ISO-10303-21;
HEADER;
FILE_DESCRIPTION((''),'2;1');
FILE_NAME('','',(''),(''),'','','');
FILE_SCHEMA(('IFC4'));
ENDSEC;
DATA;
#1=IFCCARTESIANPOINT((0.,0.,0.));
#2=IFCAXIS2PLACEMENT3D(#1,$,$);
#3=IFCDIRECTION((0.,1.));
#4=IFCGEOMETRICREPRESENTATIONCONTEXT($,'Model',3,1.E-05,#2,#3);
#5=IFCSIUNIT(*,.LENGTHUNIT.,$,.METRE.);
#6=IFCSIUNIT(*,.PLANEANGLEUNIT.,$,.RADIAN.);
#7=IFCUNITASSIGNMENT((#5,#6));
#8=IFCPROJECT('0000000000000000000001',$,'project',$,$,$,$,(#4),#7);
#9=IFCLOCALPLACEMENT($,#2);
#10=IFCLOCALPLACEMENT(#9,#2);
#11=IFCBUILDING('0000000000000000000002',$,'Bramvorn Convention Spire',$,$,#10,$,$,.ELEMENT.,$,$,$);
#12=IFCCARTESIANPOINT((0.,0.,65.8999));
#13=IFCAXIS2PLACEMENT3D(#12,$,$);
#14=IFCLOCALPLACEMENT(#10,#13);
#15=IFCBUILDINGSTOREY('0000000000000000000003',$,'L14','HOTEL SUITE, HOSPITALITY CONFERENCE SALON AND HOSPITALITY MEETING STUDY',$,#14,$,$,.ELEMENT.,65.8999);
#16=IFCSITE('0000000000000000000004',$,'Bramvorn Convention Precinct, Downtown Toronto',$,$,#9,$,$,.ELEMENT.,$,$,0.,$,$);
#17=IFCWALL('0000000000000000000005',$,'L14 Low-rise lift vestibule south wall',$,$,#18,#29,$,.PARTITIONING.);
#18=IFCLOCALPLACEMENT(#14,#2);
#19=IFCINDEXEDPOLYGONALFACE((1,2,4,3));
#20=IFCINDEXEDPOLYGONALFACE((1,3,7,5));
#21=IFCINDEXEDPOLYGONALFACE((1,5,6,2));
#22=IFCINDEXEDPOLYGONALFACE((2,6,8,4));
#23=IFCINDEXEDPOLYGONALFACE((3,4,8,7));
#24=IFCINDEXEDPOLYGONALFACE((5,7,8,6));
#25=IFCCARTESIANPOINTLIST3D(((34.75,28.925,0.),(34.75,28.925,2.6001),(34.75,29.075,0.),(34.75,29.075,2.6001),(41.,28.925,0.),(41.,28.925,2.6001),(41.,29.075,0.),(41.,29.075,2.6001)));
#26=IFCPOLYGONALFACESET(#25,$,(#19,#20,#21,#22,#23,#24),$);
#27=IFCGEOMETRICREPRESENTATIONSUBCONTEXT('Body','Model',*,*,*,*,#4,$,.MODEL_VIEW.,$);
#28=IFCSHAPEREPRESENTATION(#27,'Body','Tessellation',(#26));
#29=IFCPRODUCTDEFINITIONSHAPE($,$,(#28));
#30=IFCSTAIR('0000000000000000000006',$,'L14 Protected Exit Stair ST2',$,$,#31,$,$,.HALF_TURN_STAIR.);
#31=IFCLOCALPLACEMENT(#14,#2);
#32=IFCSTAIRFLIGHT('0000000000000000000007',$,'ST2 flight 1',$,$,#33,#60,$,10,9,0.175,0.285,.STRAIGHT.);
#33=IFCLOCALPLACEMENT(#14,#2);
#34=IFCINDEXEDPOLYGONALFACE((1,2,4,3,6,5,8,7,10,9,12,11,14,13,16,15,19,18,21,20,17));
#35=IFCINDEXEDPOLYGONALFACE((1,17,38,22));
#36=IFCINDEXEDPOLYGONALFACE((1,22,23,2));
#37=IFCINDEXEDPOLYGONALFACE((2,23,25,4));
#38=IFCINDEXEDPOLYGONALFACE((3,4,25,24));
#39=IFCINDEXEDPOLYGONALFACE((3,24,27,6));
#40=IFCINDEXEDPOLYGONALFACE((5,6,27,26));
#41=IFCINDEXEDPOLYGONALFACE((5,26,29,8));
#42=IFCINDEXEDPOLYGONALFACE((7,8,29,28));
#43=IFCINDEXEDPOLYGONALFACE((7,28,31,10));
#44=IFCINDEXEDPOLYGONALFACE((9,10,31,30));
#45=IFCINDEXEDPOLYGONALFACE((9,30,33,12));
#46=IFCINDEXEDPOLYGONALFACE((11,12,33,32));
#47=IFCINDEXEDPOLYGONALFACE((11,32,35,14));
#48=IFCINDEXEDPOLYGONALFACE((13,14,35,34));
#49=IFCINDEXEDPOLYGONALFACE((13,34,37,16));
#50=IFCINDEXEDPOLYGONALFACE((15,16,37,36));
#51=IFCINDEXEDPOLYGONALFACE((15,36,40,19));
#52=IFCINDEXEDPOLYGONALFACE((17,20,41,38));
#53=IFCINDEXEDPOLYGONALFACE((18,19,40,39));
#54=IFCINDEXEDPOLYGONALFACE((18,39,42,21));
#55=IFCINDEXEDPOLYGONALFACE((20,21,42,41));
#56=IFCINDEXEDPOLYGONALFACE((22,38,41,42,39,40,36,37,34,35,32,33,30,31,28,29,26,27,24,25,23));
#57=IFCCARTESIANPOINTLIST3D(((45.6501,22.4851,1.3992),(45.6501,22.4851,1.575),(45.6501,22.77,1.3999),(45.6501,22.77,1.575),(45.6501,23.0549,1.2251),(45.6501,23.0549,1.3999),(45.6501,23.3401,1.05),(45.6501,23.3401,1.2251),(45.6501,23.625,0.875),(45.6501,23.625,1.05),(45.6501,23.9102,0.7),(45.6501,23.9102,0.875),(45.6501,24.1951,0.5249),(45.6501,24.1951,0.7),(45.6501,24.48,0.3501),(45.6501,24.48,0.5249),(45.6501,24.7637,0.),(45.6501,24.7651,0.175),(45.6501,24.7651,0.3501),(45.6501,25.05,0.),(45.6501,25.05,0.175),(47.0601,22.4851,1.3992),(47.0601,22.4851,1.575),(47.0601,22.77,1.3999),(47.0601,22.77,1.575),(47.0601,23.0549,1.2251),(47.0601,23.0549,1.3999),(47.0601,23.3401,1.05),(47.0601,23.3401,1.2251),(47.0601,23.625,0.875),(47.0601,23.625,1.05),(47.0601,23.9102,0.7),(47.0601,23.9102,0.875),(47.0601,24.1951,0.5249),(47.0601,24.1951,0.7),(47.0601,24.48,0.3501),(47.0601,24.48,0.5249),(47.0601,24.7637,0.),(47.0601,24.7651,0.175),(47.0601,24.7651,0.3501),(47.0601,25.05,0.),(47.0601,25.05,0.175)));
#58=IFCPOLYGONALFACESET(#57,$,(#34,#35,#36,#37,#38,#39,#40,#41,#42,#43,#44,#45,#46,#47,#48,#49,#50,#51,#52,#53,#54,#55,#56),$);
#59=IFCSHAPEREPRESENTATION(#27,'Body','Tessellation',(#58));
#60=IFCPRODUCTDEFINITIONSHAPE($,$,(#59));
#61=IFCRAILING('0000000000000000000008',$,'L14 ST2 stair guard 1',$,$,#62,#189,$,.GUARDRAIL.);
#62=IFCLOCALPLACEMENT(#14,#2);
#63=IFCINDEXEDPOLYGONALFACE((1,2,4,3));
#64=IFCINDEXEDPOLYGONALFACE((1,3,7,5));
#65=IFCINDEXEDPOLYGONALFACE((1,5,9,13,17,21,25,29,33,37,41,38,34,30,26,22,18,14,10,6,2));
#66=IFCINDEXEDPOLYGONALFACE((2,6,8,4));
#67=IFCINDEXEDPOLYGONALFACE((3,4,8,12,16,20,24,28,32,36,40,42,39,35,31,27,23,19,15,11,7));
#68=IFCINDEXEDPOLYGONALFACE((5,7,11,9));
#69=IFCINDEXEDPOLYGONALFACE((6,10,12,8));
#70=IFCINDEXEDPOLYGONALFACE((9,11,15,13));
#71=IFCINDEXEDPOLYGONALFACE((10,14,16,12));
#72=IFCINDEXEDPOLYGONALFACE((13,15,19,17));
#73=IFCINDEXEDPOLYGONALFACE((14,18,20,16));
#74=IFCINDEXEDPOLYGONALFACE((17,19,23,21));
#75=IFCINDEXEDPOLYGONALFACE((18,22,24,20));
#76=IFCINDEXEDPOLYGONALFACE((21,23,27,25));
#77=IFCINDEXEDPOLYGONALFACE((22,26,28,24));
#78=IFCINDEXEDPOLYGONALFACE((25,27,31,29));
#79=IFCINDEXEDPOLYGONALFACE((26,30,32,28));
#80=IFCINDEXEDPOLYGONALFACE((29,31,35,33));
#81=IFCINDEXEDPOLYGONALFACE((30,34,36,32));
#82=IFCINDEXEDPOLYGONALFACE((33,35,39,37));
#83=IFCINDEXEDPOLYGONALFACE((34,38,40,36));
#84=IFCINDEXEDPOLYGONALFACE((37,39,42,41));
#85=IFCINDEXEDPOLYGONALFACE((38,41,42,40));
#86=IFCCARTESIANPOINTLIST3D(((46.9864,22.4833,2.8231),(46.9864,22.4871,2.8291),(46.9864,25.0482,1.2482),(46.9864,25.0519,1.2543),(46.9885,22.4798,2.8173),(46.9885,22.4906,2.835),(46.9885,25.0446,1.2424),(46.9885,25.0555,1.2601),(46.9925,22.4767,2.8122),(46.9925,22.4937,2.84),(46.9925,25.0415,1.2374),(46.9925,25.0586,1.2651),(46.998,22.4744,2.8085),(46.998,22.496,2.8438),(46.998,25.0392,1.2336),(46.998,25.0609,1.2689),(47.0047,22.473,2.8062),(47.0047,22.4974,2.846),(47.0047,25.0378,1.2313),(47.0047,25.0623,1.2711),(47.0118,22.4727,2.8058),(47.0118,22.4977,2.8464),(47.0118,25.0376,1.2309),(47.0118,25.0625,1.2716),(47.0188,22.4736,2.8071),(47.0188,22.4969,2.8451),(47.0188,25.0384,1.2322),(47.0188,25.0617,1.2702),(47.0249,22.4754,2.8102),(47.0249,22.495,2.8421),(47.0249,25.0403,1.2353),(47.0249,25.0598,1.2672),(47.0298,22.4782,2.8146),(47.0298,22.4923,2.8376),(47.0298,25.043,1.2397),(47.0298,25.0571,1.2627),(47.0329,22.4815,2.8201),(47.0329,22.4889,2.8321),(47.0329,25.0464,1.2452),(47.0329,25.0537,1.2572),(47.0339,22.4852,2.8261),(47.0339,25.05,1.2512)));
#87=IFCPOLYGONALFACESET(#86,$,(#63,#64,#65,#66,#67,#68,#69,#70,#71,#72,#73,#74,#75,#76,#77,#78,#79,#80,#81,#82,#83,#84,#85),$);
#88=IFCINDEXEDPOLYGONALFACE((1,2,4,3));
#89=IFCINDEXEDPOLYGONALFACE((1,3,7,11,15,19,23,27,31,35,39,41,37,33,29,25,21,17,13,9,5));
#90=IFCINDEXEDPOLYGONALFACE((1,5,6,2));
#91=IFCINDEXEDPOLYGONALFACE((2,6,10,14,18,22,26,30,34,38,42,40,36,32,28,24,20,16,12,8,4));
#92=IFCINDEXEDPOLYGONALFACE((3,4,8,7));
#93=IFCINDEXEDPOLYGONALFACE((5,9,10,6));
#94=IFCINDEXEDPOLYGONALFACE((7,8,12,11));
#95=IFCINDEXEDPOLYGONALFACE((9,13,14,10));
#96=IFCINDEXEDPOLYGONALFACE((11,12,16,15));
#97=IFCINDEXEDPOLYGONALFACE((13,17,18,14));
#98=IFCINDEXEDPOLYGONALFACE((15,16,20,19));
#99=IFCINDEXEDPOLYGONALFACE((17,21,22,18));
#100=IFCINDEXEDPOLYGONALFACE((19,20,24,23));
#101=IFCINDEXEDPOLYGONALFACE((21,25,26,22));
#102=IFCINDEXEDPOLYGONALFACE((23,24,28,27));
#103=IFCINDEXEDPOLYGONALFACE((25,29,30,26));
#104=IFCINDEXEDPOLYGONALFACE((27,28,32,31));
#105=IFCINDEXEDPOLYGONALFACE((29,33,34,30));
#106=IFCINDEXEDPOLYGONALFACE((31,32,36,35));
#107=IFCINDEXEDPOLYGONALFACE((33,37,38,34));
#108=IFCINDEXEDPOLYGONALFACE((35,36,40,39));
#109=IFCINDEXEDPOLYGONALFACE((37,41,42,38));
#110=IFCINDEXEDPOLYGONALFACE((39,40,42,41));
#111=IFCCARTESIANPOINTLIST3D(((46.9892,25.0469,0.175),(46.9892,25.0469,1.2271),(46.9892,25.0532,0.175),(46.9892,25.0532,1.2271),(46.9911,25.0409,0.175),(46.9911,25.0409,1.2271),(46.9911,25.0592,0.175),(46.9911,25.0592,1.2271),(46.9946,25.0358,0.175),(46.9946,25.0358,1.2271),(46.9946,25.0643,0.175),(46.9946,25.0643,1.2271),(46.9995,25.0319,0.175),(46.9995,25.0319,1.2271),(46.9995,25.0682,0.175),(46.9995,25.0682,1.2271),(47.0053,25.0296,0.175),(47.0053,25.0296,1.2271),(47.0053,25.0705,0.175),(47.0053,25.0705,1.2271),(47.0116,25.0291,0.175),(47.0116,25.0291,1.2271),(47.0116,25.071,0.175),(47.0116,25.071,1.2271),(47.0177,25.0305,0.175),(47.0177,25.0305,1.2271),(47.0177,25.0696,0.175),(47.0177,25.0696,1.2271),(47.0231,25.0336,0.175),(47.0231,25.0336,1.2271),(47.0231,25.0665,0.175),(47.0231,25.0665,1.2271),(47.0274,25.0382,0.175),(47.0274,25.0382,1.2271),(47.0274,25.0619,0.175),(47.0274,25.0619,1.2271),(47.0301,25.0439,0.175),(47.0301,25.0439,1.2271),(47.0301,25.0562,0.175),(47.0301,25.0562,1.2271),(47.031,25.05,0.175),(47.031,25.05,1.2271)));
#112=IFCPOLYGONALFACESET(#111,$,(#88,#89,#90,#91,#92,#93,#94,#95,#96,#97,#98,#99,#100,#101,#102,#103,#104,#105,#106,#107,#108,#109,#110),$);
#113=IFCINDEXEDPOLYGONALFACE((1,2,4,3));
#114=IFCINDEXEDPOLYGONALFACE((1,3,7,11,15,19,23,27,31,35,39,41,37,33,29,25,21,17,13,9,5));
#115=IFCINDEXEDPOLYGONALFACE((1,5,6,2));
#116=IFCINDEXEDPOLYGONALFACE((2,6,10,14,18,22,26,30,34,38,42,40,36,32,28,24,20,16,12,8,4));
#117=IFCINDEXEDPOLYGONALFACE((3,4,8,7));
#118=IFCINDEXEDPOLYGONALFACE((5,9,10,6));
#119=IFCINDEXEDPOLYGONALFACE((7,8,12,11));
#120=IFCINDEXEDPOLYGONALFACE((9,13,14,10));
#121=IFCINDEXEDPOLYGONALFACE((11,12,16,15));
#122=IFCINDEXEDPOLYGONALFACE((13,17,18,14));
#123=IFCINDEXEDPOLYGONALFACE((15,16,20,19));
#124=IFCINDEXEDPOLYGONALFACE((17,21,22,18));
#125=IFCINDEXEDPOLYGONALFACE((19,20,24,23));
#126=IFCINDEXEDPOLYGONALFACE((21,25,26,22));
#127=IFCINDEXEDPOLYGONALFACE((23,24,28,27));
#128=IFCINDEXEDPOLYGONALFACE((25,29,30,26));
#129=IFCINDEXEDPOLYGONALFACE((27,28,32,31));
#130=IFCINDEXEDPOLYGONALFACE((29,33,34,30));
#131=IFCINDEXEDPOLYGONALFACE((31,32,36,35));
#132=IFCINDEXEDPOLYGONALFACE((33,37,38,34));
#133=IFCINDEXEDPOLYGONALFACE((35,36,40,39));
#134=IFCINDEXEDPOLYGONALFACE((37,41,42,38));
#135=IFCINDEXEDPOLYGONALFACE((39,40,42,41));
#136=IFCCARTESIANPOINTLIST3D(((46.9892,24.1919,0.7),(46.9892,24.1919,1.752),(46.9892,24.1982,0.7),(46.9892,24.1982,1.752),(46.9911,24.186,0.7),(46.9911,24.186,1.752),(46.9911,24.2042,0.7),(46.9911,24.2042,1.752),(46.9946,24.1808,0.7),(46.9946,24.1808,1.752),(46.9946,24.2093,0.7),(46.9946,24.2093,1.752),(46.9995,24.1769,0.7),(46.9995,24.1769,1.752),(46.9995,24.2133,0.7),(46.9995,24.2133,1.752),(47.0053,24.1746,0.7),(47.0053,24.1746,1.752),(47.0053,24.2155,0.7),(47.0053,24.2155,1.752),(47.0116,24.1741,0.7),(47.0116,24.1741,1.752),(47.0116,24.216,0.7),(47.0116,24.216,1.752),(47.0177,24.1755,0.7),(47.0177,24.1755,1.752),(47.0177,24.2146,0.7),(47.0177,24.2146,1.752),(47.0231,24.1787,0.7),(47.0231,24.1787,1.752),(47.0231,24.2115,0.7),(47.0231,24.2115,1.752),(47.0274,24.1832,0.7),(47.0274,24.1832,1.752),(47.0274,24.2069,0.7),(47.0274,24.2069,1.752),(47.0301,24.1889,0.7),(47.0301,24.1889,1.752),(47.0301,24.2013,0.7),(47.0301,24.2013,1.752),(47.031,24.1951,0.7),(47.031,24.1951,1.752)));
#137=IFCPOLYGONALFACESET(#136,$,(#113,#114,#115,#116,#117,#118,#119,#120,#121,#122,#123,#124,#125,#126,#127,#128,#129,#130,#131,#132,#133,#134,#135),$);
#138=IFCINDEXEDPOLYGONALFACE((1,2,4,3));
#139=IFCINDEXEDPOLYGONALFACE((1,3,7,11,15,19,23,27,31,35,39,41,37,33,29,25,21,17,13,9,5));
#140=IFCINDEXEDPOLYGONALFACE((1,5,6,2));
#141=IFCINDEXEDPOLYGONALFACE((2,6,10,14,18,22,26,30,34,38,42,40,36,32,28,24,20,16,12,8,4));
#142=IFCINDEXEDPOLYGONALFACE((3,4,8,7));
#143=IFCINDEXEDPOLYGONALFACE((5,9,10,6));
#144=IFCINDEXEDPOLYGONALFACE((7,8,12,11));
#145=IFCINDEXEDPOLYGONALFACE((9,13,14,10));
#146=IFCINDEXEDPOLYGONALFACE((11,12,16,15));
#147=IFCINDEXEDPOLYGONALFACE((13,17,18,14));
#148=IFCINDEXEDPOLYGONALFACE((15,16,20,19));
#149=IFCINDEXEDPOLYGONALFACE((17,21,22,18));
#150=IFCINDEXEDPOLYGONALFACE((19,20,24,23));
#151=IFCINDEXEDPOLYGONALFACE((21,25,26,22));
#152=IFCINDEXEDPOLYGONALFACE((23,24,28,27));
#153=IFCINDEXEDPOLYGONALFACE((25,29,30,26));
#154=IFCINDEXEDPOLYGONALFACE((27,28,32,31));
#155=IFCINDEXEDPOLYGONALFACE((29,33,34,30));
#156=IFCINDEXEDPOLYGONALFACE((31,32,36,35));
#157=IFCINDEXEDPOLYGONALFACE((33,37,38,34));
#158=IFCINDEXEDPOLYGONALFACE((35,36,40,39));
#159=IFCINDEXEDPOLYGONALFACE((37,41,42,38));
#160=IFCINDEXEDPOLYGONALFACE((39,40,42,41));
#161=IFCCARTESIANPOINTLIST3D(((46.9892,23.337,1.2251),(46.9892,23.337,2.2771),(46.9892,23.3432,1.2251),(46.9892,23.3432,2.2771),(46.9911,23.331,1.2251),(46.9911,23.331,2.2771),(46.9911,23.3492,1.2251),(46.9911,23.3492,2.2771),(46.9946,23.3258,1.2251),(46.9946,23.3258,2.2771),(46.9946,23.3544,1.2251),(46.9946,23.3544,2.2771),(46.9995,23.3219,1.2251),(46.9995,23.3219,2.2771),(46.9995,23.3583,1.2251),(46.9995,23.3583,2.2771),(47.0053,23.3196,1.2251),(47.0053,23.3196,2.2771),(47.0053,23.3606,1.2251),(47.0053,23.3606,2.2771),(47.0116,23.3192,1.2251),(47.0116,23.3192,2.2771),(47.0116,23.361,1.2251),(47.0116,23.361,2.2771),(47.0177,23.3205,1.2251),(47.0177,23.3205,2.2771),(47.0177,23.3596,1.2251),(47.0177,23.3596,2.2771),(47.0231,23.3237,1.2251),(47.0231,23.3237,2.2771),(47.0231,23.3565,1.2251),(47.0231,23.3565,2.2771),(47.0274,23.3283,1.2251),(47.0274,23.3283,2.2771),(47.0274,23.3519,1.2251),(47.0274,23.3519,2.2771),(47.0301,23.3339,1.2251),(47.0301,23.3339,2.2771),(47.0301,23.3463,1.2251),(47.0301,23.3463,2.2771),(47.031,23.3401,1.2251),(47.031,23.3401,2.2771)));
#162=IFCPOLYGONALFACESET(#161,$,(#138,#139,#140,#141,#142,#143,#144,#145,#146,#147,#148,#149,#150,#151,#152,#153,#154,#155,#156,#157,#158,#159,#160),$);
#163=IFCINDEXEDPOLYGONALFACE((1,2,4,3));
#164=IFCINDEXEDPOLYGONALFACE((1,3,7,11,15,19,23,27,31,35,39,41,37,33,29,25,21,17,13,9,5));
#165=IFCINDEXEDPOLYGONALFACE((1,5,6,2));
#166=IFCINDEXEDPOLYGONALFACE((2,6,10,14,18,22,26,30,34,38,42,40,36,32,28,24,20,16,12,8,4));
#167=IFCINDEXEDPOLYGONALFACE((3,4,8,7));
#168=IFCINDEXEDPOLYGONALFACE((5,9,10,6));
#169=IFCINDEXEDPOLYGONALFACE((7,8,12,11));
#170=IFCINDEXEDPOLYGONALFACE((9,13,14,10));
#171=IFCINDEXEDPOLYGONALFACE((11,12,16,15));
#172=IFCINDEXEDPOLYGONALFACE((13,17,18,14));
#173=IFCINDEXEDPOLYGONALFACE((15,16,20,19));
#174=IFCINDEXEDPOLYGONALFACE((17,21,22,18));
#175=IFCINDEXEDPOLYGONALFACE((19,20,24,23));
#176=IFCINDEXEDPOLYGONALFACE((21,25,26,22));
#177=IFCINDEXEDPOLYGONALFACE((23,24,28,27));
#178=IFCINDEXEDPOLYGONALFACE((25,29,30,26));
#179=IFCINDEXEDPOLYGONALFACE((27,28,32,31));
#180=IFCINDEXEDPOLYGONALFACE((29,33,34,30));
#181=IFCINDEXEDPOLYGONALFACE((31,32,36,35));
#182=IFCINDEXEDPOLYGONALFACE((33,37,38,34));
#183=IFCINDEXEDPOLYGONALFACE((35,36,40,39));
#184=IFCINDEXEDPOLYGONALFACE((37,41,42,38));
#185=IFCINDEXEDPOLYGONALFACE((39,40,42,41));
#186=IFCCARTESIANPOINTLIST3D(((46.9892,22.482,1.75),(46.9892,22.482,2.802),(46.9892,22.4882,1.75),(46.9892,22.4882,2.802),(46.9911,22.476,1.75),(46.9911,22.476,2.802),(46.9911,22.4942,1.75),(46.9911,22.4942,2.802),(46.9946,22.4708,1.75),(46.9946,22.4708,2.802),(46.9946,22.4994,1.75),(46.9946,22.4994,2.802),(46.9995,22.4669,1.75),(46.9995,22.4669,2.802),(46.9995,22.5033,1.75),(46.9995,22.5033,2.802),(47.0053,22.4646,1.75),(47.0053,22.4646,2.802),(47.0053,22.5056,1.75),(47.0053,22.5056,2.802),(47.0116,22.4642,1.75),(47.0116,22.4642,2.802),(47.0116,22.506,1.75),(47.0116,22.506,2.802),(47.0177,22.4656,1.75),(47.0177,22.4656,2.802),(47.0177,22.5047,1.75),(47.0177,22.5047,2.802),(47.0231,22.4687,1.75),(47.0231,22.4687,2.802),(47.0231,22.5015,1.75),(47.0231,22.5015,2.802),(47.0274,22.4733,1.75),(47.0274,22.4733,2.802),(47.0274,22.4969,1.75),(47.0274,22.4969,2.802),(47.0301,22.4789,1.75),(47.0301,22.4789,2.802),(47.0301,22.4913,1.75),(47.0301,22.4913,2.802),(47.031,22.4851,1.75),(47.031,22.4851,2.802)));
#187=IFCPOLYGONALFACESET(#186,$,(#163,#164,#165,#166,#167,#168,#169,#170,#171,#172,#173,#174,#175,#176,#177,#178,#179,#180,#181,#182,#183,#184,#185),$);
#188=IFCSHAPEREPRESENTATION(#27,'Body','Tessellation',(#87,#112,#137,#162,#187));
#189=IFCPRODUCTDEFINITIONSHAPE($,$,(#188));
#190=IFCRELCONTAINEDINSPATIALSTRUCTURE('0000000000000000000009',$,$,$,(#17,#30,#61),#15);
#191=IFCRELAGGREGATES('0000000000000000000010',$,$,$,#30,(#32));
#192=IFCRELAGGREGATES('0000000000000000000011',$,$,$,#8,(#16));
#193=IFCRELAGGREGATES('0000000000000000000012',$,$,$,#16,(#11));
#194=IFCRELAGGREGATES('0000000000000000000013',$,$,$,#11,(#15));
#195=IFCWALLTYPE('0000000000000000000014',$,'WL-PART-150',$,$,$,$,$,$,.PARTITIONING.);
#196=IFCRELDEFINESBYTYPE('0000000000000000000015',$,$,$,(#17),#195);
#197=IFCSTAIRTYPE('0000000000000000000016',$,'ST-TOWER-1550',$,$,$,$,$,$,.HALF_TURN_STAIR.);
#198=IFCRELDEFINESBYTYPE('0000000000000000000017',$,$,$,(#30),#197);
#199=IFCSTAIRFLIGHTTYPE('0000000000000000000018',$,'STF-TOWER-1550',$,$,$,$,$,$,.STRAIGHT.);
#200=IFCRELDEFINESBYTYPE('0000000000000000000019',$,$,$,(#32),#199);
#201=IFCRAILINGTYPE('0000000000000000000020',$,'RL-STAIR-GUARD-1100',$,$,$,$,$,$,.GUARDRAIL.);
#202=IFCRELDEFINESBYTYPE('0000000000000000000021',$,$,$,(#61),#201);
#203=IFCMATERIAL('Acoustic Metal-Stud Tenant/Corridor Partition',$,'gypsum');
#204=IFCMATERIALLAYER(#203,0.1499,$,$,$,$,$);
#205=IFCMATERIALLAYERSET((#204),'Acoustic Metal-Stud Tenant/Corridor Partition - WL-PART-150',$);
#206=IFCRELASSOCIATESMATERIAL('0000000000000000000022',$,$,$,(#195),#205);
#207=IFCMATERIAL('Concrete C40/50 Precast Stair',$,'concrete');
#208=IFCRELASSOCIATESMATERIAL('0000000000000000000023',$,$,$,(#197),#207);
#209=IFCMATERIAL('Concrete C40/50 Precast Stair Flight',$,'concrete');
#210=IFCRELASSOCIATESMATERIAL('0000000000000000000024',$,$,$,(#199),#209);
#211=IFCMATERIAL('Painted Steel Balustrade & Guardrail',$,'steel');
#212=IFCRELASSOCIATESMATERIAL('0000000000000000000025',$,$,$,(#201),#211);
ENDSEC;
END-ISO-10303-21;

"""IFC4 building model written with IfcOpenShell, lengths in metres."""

from ifc_helpers import new_model, si_unit, direction, frame, frame_2d, origin, origin_2d, place, context, subcontext, project, spatial, polyline, rectangle, circle, outline, extrude, material, layer, layer_set, type_object, element, aggregate, save


model = new_model("IFC4")

# Units and contexts
model_context = context("Model", 3, precision=1e-05, world=origin(), true_north=direction((0.0, 1.0)))
body_context = subcontext(model_context, "Body", "Model", "MODEL_VIEW")
ifc_project = project(units=[si_unit("LENGTHUNIT", "METRE"), si_unit("PLANEANGLEUNIT", "RADIAN")], contexts=[model_context])

# Site, building, storey
site_placement = place(None, origin())
site = spatial("IfcSite", under=ifc_project, at=site_placement, Name="Bramvorn Convention Precinct, Downtown Toronto", CompositionType="ELEMENT", RefElevation=0.0)
building_placement = place(site_placement, origin())
building = spatial("IfcBuilding", under=site, at=building_placement, Name="Bramvorn Convention Spire", CompositionType="ELEMENT")
storey_placement = place(building_placement, frame((0.0, 0.0, 65.8999)))
storey = spatial("IfcBuildingStorey", under=building, at=storey_placement, Name="L14", Description="HOTEL SUITE, HOSPITALITY CONFERENCE SALON AND HOSPITALITY MEETING STUDY", CompositionType="ELEMENT", Elevation=65.8999)

# Wall
ifc_material_1 = material(Name="Acoustic Metal-Stud Tenant/Corridor Partition", Category="gypsum")
ifc_layer_1 = layer(ifc_material_1, 0.1499)
ifc_layer_set_1 = layer_set([ifc_layer_1], Name="Acoustic Metal-Stud Tenant/Corridor Partition - WL-PART-150")
wall_type_1 = type_object("IfcWallType", Name="WL-PART-150", PredefinedType="PARTITIONING", material=ifc_layer_set_1)
wall_1_placement = place(storey_placement, frame((34.75, 29.0, 0.0), z_axis=(0.0, 0.0, 1.0), x_axis=(1.0, 0.0, 0.0)))
element("IfcWall", 1, at=wall_1_placement, inside=storey, type_object=wall_type_1, Name="L14 Low-rise lift vestibule south wall", PredefinedType="PARTITIONING", context=body_context, shape_type="SweptSolid", body=[
    extrude(rectangle(XDim=6.25, YDim=0.1499, at=frame_2d((3.125, 0.0))), origin(), (0.0, 0.0, 1.0), 2.6001),
])

# Stair, stair flight
ifc_material_2 = material(Name="Concrete C40/50 Precast Stair", Category="concrete")
stair_type = type_object("IfcStairType", Name="ST-TOWER-1550", PredefinedType="HALF_TURN_STAIR", material=ifc_material_2)
stair_placement = place(storey_placement, origin())
stair = element("IfcStair", 2, at=stair_placement, inside=storey, type_object=stair_type, Name="L14 Protected Exit Stair ST2", PredefinedType="HALF_TURN_STAIR")
ifc_material_3 = material(Name="Concrete C40/50 Precast Stair Flight", Category="concrete")
stair_flight_type = type_object("IfcStairFlightType", Name="STF-TOWER-1550", PredefinedType="STRAIGHT", material=ifc_material_3)
stair_flight_placement = place(storey_placement, frame((46.355, 25.05, 0.0), z_axis=(0.0, 0.0, 1.0), x_axis=(0.0, -1.0, 0.0)))
stair_flight = element("IfcStairFlight", 3, at=stair_flight_placement, type_object=stair_flight_type, Name="ST2 flight 1", NumberOfRisers=10, NumberOfTreads=9, PredefinedType="STRAIGHT", RiserHeight=0.175, TreadLength=0.285, context=body_context, shape_type="SweptSolid", body=[
    extrude(outline(polyline([(0.0, 0.0), (0.0, 0.175), (0.2849, 0.175), (0.2849, 0.3501), (0.5701, 0.3501), (0.5701, 0.5249), (0.855, 0.5249), (0.855, 0.7), (1.1399, 0.7), (1.1399, 0.875), (1.425, 0.875), (1.425, 1.05), (1.71, 1.05), (1.71, 1.2251), (1.9951, 1.2251), (1.9951, 1.3999), (2.28, 1.3999), (2.28, 1.575), (2.5649, 1.575), (2.5649, 1.75), (2.5649, 1.3992), (0.2864, 0.0), (0.0, 0.0)])), frame((0.0, 0.7051, 0.0), z_axis=(0.0, -1.0, 0.0), x_axis=(1.0, 0.0, 0.0)), (0.0, 0.0, 1.0), 1.4099),
])
aggregate(stair, [stair_flight])

# Railing
ifc_material_4 = material(Name="Painted Steel Balustrade & Guardrail", Category="steel")
railing_type_1 = type_object("IfcRailingType", Name="RL-STAIR-GUARD-1100", PredefinedType="GUARDRAIL", material=ifc_material_4)
railing_1_placement = place(storey_placement, frame((47.01, 25.05, 0.175)))
element("IfcRailing", 4, at=railing_1_placement, inside=storey, type_object=railing_type_1, Name="L14 ST2 stair guard 1", PredefinedType="GUARDRAIL", context=body_context, shape_type="SweptSolid", body=[
    extrude(circle(Radius=0.0239, at=origin_2d()), frame((0.0, 0.0, 1.0762), z_axis=(0.0, -0.852173, 0.52326), x_axis=(1.0, 0.0, 0.0)), (0.0, 0.0, 1.0), 3.0098),
    extrude(circle(Radius=0.021, at=origin_2d()), origin(), (0.0, 0.0, 1.0), 1.052),
    extrude(circle(Radius=0.021, at=origin_2d()), frame((0.0, -0.855, 0.5249)), (0.0, 0.0, 1.0), 1.052),
    extrude(circle(Radius=0.021, at=origin_2d()), frame((0.0, -1.71, 1.05)), (0.0, 0.0, 1.0), 1.052),
    extrude(circle(Radius=0.021, at=origin_2d()), frame((0.0, -2.5649, 1.575)), (0.0, 0.0, 1.0), 1.052),
])

save(model, "model.ifc")
